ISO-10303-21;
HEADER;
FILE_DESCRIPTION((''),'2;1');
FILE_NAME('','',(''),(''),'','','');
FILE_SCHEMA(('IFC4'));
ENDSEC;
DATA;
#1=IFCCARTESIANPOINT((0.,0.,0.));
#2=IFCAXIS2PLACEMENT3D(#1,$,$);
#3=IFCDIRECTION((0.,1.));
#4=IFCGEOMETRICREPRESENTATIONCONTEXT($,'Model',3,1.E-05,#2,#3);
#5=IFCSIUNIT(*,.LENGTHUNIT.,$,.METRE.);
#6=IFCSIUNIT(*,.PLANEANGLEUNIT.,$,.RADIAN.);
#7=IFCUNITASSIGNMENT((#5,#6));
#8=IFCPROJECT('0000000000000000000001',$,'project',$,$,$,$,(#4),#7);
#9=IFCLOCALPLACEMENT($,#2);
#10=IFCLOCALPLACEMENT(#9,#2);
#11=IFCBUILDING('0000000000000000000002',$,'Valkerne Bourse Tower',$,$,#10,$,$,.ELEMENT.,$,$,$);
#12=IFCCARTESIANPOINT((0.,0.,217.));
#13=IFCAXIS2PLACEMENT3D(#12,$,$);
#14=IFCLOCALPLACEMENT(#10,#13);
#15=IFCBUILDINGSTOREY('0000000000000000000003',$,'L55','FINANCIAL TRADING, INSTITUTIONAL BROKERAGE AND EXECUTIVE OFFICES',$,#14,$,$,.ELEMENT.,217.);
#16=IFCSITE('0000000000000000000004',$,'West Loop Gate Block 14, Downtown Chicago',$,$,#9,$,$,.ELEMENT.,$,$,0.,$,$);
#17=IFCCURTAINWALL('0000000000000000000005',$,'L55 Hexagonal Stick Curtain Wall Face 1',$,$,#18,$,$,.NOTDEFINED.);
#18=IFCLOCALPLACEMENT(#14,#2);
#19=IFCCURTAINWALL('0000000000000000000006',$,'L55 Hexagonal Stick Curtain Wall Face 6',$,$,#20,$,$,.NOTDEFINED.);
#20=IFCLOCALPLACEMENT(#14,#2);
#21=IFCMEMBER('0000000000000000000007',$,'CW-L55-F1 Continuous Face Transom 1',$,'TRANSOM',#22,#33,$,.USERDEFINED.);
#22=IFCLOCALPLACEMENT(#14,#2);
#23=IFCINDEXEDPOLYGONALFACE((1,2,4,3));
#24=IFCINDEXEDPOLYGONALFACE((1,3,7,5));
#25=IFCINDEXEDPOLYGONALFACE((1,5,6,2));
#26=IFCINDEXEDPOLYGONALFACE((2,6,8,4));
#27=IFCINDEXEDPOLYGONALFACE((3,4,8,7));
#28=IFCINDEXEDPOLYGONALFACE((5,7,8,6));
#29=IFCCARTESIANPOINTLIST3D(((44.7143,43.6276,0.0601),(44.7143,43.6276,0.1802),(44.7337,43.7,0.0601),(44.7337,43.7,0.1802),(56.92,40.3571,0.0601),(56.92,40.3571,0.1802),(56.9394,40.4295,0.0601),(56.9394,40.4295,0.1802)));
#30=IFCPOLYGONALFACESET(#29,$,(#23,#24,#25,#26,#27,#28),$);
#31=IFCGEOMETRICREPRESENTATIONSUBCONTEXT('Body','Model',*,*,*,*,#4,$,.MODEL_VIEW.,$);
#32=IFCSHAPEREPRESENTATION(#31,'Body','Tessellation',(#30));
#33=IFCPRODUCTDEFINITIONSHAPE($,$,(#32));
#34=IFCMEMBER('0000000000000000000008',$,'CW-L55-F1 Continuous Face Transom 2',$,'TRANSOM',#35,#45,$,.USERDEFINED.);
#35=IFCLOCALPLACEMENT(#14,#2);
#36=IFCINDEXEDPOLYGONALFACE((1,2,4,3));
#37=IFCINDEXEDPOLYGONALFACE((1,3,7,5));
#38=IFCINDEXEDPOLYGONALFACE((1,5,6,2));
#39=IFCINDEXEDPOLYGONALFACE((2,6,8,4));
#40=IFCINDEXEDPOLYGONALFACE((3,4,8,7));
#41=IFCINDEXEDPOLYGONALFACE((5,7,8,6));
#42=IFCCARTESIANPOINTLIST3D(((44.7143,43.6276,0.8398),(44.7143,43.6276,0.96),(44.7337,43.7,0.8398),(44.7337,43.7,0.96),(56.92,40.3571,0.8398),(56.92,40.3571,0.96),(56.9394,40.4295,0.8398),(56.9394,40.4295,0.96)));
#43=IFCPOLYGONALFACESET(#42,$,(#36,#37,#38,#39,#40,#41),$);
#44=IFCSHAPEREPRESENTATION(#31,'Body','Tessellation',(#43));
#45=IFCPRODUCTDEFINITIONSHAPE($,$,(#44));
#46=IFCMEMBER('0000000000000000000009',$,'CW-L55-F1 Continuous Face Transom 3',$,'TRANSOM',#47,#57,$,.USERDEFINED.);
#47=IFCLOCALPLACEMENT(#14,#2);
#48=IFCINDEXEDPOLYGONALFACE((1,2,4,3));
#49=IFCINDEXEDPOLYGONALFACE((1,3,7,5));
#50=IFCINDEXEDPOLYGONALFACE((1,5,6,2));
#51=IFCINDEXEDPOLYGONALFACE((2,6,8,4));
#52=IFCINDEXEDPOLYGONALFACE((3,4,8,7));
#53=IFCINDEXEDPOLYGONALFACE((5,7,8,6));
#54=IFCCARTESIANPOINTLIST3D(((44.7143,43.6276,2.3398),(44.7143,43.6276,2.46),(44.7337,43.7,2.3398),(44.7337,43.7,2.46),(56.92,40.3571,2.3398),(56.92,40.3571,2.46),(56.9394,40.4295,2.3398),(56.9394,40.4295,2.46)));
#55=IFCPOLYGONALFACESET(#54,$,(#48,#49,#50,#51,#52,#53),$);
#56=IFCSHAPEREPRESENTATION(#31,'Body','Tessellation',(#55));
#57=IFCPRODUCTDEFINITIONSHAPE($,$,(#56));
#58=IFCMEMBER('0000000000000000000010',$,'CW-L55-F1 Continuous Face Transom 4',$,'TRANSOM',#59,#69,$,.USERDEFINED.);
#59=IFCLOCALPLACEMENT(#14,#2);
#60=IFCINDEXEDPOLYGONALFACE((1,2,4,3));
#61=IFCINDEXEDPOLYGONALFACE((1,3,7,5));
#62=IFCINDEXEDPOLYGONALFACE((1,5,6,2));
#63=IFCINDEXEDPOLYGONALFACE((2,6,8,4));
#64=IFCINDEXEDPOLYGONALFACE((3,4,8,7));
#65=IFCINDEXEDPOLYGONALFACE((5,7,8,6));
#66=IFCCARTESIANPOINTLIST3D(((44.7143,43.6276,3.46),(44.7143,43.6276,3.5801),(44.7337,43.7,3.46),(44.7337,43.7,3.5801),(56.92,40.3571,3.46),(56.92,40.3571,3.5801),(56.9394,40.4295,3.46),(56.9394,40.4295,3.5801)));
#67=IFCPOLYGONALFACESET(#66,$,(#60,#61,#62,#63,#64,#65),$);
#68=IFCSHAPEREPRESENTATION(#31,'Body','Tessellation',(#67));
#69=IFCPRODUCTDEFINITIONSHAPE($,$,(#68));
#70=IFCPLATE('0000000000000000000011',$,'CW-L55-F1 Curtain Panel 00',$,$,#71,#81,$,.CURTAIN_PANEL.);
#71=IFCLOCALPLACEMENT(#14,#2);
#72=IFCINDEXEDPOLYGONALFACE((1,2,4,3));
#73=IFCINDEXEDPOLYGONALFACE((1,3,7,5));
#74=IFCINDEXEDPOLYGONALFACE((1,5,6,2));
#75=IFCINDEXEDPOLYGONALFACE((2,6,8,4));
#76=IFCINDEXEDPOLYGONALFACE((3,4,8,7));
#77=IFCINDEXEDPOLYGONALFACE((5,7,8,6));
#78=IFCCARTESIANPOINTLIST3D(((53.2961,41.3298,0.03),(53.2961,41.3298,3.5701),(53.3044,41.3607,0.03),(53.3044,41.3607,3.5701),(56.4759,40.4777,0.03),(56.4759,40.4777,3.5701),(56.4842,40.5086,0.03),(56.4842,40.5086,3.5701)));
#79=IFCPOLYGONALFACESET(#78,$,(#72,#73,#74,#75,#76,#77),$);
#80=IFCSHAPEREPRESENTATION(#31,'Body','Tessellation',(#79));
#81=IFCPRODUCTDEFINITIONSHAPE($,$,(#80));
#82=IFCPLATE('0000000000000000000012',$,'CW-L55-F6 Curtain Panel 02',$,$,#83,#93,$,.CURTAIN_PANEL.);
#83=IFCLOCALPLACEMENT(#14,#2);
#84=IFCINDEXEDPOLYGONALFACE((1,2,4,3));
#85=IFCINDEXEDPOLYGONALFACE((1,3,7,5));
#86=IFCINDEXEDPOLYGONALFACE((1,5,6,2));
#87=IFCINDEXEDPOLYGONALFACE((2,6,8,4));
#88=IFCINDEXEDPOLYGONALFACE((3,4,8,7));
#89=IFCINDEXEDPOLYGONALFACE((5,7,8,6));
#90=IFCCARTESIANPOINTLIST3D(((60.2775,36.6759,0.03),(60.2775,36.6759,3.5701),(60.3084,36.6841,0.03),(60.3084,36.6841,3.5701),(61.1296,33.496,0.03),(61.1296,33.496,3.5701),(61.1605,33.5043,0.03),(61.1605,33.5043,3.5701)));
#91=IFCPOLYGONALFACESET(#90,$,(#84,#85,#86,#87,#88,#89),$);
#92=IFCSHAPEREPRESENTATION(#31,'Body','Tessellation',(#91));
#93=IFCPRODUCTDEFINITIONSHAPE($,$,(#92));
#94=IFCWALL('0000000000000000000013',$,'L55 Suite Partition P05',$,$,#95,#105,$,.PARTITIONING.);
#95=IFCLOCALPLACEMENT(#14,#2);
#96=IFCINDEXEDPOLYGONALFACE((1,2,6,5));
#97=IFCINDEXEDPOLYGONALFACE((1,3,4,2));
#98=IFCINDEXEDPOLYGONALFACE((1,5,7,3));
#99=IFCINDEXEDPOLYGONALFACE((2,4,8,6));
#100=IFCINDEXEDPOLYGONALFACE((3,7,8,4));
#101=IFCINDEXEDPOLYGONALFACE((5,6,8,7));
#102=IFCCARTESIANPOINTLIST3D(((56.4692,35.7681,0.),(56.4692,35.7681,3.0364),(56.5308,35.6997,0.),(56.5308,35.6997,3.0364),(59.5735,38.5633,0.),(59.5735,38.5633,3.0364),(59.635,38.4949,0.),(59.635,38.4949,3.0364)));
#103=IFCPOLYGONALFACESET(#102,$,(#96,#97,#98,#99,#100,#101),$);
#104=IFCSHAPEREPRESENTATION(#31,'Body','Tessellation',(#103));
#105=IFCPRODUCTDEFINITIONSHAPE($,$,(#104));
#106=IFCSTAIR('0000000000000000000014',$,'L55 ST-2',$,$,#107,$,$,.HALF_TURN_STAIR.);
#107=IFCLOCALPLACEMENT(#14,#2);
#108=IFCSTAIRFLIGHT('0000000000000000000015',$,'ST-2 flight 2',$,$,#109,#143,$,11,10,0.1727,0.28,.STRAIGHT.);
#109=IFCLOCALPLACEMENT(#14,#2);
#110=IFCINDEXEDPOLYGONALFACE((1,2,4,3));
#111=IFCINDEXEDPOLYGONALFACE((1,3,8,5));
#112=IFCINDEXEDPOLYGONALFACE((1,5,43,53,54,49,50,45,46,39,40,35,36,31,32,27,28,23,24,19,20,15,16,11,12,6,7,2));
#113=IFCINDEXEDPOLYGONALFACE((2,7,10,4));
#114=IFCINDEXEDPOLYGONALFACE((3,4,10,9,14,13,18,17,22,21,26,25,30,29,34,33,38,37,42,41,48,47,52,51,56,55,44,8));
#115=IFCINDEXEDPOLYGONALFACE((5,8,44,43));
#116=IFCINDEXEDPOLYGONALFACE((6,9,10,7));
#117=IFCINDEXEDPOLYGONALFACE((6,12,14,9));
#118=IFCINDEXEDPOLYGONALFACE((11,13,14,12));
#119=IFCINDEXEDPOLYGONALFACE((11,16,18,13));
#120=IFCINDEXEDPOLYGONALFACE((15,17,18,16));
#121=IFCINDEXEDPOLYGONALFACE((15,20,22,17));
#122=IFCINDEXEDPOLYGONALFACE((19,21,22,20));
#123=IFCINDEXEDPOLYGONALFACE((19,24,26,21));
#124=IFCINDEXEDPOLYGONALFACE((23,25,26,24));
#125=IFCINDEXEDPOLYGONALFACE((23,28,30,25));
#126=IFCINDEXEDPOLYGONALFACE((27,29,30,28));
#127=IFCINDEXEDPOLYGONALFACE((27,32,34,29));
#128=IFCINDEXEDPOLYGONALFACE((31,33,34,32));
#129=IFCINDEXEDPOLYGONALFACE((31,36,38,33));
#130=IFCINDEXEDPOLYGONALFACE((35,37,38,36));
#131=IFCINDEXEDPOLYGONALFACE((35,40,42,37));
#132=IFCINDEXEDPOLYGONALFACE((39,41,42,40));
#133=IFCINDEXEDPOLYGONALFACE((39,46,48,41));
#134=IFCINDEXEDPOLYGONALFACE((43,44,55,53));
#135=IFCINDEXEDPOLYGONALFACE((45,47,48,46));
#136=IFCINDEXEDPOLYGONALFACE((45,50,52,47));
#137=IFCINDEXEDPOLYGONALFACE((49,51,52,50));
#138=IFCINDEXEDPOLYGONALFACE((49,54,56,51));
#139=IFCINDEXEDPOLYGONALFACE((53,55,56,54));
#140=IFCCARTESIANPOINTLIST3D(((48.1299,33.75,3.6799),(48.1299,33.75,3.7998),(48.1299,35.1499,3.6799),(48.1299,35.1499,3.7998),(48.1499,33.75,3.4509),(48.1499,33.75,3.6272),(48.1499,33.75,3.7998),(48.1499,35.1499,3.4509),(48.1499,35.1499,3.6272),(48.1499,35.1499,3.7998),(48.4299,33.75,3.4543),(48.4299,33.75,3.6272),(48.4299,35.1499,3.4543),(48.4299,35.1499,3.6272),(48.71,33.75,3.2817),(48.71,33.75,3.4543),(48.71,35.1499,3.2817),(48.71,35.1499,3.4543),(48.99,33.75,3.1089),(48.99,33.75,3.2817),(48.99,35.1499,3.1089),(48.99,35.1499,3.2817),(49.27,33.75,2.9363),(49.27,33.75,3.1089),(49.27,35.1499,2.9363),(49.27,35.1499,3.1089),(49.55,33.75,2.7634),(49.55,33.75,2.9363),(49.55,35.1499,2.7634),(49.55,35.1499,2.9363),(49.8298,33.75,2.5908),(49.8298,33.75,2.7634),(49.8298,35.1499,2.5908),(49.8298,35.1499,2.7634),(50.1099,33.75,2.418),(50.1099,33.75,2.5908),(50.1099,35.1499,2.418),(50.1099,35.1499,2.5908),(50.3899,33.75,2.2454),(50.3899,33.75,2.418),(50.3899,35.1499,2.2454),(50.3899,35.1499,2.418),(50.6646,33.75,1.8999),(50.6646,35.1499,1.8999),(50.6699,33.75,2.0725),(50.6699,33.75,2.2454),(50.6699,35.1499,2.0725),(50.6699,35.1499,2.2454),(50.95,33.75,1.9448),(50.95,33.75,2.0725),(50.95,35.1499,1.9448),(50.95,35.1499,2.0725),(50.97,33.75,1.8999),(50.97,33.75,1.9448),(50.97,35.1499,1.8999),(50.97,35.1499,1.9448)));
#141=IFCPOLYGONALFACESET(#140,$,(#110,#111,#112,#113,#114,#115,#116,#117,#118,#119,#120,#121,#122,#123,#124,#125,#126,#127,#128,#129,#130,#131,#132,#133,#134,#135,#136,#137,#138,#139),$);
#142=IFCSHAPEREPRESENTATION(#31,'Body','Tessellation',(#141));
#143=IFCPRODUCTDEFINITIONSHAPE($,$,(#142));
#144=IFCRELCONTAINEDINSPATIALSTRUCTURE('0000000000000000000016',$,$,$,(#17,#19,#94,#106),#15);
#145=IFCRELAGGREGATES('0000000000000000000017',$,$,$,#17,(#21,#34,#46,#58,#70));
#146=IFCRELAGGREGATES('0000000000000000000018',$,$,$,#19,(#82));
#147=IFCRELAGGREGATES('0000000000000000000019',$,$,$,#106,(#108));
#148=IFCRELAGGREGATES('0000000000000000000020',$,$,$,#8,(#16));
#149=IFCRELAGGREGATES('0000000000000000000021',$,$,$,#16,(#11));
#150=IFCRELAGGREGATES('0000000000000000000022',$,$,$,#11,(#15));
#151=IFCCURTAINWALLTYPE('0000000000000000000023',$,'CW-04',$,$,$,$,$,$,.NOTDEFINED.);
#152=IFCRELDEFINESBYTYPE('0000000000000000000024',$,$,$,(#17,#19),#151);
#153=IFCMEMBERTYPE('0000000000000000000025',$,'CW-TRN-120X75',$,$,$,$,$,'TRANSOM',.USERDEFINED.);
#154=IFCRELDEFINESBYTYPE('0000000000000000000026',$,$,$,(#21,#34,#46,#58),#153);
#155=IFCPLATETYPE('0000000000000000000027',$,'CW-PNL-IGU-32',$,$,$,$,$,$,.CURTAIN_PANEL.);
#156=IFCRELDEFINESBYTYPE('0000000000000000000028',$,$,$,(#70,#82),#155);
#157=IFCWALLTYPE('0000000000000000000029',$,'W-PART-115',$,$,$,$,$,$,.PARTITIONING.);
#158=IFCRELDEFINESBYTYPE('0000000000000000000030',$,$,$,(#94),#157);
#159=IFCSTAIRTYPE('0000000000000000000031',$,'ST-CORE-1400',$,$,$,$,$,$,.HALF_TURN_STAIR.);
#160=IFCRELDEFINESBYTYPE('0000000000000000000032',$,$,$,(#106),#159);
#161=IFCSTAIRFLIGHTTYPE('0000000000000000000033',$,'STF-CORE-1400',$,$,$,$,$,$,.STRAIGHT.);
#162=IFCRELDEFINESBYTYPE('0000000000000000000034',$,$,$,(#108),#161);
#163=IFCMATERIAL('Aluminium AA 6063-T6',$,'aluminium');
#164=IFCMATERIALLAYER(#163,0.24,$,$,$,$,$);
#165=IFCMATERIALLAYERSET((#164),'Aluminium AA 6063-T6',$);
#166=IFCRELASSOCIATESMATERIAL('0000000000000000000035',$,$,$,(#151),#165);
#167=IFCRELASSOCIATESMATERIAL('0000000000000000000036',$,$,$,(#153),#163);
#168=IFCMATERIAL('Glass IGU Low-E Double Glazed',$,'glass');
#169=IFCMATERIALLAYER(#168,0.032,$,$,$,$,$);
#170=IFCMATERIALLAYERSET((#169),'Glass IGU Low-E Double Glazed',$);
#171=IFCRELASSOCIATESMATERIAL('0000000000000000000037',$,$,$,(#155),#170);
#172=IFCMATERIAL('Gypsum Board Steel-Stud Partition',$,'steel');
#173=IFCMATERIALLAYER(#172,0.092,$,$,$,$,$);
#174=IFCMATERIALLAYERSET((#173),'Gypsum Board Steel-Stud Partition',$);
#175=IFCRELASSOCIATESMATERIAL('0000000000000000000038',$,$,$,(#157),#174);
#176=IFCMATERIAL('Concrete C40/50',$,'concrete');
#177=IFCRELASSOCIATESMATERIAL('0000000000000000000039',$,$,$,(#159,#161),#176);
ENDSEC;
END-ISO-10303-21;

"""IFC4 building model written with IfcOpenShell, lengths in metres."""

from ifc_helpers import new_model, si_unit, direction, frame, frame_2d, origin, origin_2d, place, context, subcontext, project, spatial, polyline, rectangle, outline, extrude, material, layer, layer_set, material_profile, profile_set, type_object, element, aggregate, save


model = new_model("IFC4")

# Units and contexts
model_context = context("Model", 3, precision=1e-05, world=origin(), true_north=direction((0.0, 1.0)))
body_context = subcontext(model_context, "Body", "Model", "MODEL_VIEW")
ifc_project = project(units=[si_unit("LENGTHUNIT", "METRE"), si_unit("PLANEANGLEUNIT", "RADIAN")], contexts=[model_context])

# Site, building, storey
site_placement = place(None, origin())
site = spatial("IfcSite", under=ifc_project, at=site_placement, Name="West Loop Gate Block 14, Downtown Chicago", CompositionType="ELEMENT", RefElevation=0.0)
building_placement = place(site_placement, origin())
building = spatial("IfcBuilding", under=site, at=building_placement, Name="Valkerne Bourse Tower", CompositionType="ELEMENT")
storey_placement = place(building_placement, frame((0.0, 0.0, 217.0)))
storey = spatial("IfcBuildingStorey", under=building, at=storey_placement, Name="L55", Description="FINANCIAL TRADING, INSTITUTIONAL BROKERAGE AND EXECUTIVE OFFICES", CompositionType="ELEMENT", Elevation=217.0)

# Curtain walls
ifc_material_1 = material(Name="Aluminium AA 6063-T6", Category="aluminium")
ifc_layer_1 = layer(ifc_material_1, 0.24)
ifc_layer_set_1 = layer_set([ifc_layer_1], Name="Aluminium AA 6063-T6")
curtain_wall_type = type_object("IfcCurtainWallType", Name="CW-04", PredefinedType="NOTDEFINED", material=ifc_layer_set_1)
curtain_wall_1_placement = place(storey_placement, origin())
curtain_wall_1 = element("IfcCurtainWall", 1, at=curtain_wall_1_placement, inside=storey, type_object=curtain_wall_type, Name="L55 Hexagonal Stick Curtain Wall Face 1", PredefinedType="NOTDEFINED")
curtain_wall_2_placement = place(storey_placement, origin())
curtain_wall_2 = element("IfcCurtainWall", 2, at=curtain_wall_2_placement, inside=storey, type_object=curtain_wall_type, Name="L55 Hexagonal Stick Curtain Wall Face 6", PredefinedType="NOTDEFINED")

# Members
ifc_material_profile_1 = material_profile(ifc_material_1, rectangle(XDim=0.075, YDim=0.1201, at=origin_2d()), Name="CWT-75X120")
ifc_profile_set_1 = profile_set([ifc_material_profile_1], Name="Aluminium AA 6063-T6")
member_type_1 = type_object("IfcMemberType", Name="CW-TRN-120X75", ElementType="TRANSOM", PredefinedType="USERDEFINED", material=ifc_profile_set_1)
member_1_placement = place(storey_placement, frame((56.9297, 40.3933, 0.1201), z_axis=(-0.965925, 0.258822, 0.0), x_axis=(-0.258822, -0.965925, 0.0)))
member_1 = element("IfcMember", 3, at=member_1_placement, type_object=member_type_1, Name="CW-L55-F1 Continuous Face Transom 1", ObjectType="TRANSOM", PredefinedType="USERDEFINED", context=body_context, shape_type="SweptSolid", body=[
    extrude(rectangle(XDim=0.075, YDim=0.1201, at=origin_2d()), origin(), (0.0, 0.0, 1.0), 12.6362),
])
member_2_placement = place(storey_placement, frame((56.9297, 40.3933, 0.8999), z_axis=(-0.965925, 0.258822, 0.0), x_axis=(-0.258822, -0.965925, 0.0)))
member_2 = element("IfcMember", 4, at=member_2_placement, type_object=member_type_1, Name="CW-L55-F1 Continuous Face Transom 2", ObjectType="TRANSOM", PredefinedType="USERDEFINED", context=body_context, shape_type="SweptSolid", body=[
    extrude(rectangle(XDim=0.075, YDim=0.1201, at=origin_2d()), origin(), (0.0, 0.0, 1.0), 12.6362),
])
member_3_placement = place(storey_placement, frame((56.9297, 40.3933, 2.3999), z_axis=(-0.965925, 0.258822, 0.0), x_axis=(-0.258822, -0.965925, 0.0)))
member_3 = element("IfcMember", 5, at=member_3_placement, type_object=member_type_1, Name="CW-L55-F1 Continuous Face Transom 3", ObjectType="TRANSOM", PredefinedType="USERDEFINED", context=body_context, shape_type="SweptSolid", body=[
    extrude(rectangle(XDim=0.075, YDim=0.1201, at=origin_2d()), origin(), (0.0, 0.0, 1.0), 12.6362),
])
member_4_placement = place(storey_placement, frame((56.9297, 40.3933, 3.52), z_axis=(-0.965925, 0.258822, 0.0), x_axis=(-0.258822, -0.965925, 0.0)))
member_4 = element("IfcMember", 6, at=member_4_placement, type_object=member_type_1, Name="CW-L55-F1 Continuous Face Transom 4", ObjectType="TRANSOM", PredefinedType="USERDEFINED", context=body_context, shape_type="SweptSolid", body=[
    extrude(rectangle(XDim=0.075, YDim=0.1201, at=origin_2d()), origin(), (0.0, 0.0, 1.0), 12.6362),
])

# Plates
ifc_material_2 = material(Name="Glass IGU Low-E Double Glazed", Category="glass")
ifc_layer_2 = layer(ifc_material_2, 0.032)
ifc_layer_set_2 = layer_set([ifc_layer_2], Name="Glass IGU Low-E Double Glazed")
plate_type = type_object("IfcPlateType", Name="CW-PNL-IGU-32", PredefinedType="CURTAIN_PANEL", material=ifc_layer_set_2)
plate_1_placement = place(storey_placement, frame((54.8901, 40.9192, 0.03), z_axis=(0.0, 0.0, 1.0), x_axis=(-0.965921, 0.258836, 0.0)))
plate_1 = element("IfcPlate", 7, at=plate_1_placement, type_object=plate_type, Name="CW-L55-F1 Curtain Panel 00", PredefinedType="CURTAIN_PANEL", context=body_context, shape_type="SweptSolid", body=[
    extrude(rectangle(XDim=3.292, YDim=0.032, at=origin_2d()), origin(), (0.0, 0.0, 1.0), 3.54),
])
aggregate(curtain_wall_1, [member_1, member_2, member_3, member_4, plate_1])
plate_2_placement = place(storey_placement, frame((60.719, 35.0901, 0.03), z_axis=(0.0, 0.0, 1.0), x_axis=(-0.258836, 0.965921, 0.0)))
plate_2 = element("IfcPlate", 8, at=plate_2_placement, type_object=plate_type, Name="CW-L55-F6 Curtain Panel 02", PredefinedType="CURTAIN_PANEL", context=body_context, shape_type="SweptSolid", body=[
    extrude(rectangle(XDim=3.292, YDim=0.032, at=origin_2d()), origin(), (0.0, 0.0, 1.0), 3.54),
])
aggregate(curtain_wall_2, [plate_2])

# Wall
ifc_material_3 = material(Name="Gypsum Board Steel-Stud Partition", Category="steel")
ifc_layer_3 = layer(ifc_material_3, 0.092)
ifc_layer_set_3 = layer_set([ifc_layer_3], Name="Gypsum Board Steel-Stud Partition")
wall_type = type_object("IfcWallType", Name="W-PART-115", PredefinedType="PARTITIONING", material=ifc_layer_set_3)
wall_placement = place(storey_placement, frame((56.5, 35.7339, 0.0), z_axis=(0.0, 0.0, 1.0), x_axis=(0.743134, 0.669142, 0.0)))
element("IfcWall", 9, at=wall_placement, inside=storey, type_object=wall_type, Name="L55 Suite Partition P05", PredefinedType="PARTITIONING", context=body_context, shape_type="SweptSolid", body=[
    extrude(rectangle(XDim=4.1772, YDim=0.092, at=frame_2d((2.0886, 0.0))), origin(), (0.0, 0.0, 1.0), 3.0364),
])

# Stair, stair flight
ifc_material_4 = material(Name="Concrete C40/50", Category="concrete")
stair_type = type_object("IfcStairType", Name="ST-CORE-1400", PredefinedType="HALF_TURN_STAIR", material=ifc_material_4)
stair_placement = place(storey_placement, origin())
stair = element("IfcStair", 10, at=stair_placement, inside=storey, type_object=stair_type, Name="L55 ST-2", PredefinedType="HALF_TURN_STAIR")
stair_flight_type = type_object("IfcStairFlightType", Name="STF-CORE-1400", PredefinedType="STRAIGHT", material=ifc_material_4)
stair_flight_placement = place(storey_placement, frame((50.95, 34.45, 1.8999), z_axis=(0.0, 0.0, 1.0), x_axis=(-1.0, 0.0, 0.0)))
stair_flight = element("IfcStairFlight", 11, at=stair_flight_placement, type_object=stair_flight_type, Name="ST-2 flight 2", NumberOfRisers=11, NumberOfTreads=10, PredefinedType="STRAIGHT", RiserHeight=0.1727, TreadLength=0.28, context=body_context, shape_type="SweptSolid", body=[
    extrude(outline(polyline([(-0.02, 0.0), (-0.02, 0.0449), (0.0, 0.0449), (0.0, 0.1726), (0.28, 0.1726), (0.28, 0.3455), (0.5601, 0.3455), (0.5601, 0.5181), (0.8401, 0.5181), (0.8401, 0.6909), (1.1201, 0.6909), (1.1201, 0.8635), (1.3999, 0.8635), (1.3999, 1.0364), (1.6799, 1.0364), (1.6799, 1.209), (1.96, 1.209), (1.96, 1.3818), (2.24, 1.3818), (2.24, 1.5544), (2.52, 1.5544), (2.52, 1.7273), (2.8, 1.7273), (2.8, 1.8999), (2.8201, 1.8999), (2.8201, 1.78), (2.8, 1.551), (0.2854, 0.0), (-0.02, 0.0)])), frame((0.0, 0.7, 0.0), z_axis=(0.0, -1.0, 0.0), x_axis=(1.0, 0.0, 0.0)), (0.0, 0.0, 1.0), 1.3999),
])
aggregate(stair, [stair_flight])

save(model, "model.ifc")
